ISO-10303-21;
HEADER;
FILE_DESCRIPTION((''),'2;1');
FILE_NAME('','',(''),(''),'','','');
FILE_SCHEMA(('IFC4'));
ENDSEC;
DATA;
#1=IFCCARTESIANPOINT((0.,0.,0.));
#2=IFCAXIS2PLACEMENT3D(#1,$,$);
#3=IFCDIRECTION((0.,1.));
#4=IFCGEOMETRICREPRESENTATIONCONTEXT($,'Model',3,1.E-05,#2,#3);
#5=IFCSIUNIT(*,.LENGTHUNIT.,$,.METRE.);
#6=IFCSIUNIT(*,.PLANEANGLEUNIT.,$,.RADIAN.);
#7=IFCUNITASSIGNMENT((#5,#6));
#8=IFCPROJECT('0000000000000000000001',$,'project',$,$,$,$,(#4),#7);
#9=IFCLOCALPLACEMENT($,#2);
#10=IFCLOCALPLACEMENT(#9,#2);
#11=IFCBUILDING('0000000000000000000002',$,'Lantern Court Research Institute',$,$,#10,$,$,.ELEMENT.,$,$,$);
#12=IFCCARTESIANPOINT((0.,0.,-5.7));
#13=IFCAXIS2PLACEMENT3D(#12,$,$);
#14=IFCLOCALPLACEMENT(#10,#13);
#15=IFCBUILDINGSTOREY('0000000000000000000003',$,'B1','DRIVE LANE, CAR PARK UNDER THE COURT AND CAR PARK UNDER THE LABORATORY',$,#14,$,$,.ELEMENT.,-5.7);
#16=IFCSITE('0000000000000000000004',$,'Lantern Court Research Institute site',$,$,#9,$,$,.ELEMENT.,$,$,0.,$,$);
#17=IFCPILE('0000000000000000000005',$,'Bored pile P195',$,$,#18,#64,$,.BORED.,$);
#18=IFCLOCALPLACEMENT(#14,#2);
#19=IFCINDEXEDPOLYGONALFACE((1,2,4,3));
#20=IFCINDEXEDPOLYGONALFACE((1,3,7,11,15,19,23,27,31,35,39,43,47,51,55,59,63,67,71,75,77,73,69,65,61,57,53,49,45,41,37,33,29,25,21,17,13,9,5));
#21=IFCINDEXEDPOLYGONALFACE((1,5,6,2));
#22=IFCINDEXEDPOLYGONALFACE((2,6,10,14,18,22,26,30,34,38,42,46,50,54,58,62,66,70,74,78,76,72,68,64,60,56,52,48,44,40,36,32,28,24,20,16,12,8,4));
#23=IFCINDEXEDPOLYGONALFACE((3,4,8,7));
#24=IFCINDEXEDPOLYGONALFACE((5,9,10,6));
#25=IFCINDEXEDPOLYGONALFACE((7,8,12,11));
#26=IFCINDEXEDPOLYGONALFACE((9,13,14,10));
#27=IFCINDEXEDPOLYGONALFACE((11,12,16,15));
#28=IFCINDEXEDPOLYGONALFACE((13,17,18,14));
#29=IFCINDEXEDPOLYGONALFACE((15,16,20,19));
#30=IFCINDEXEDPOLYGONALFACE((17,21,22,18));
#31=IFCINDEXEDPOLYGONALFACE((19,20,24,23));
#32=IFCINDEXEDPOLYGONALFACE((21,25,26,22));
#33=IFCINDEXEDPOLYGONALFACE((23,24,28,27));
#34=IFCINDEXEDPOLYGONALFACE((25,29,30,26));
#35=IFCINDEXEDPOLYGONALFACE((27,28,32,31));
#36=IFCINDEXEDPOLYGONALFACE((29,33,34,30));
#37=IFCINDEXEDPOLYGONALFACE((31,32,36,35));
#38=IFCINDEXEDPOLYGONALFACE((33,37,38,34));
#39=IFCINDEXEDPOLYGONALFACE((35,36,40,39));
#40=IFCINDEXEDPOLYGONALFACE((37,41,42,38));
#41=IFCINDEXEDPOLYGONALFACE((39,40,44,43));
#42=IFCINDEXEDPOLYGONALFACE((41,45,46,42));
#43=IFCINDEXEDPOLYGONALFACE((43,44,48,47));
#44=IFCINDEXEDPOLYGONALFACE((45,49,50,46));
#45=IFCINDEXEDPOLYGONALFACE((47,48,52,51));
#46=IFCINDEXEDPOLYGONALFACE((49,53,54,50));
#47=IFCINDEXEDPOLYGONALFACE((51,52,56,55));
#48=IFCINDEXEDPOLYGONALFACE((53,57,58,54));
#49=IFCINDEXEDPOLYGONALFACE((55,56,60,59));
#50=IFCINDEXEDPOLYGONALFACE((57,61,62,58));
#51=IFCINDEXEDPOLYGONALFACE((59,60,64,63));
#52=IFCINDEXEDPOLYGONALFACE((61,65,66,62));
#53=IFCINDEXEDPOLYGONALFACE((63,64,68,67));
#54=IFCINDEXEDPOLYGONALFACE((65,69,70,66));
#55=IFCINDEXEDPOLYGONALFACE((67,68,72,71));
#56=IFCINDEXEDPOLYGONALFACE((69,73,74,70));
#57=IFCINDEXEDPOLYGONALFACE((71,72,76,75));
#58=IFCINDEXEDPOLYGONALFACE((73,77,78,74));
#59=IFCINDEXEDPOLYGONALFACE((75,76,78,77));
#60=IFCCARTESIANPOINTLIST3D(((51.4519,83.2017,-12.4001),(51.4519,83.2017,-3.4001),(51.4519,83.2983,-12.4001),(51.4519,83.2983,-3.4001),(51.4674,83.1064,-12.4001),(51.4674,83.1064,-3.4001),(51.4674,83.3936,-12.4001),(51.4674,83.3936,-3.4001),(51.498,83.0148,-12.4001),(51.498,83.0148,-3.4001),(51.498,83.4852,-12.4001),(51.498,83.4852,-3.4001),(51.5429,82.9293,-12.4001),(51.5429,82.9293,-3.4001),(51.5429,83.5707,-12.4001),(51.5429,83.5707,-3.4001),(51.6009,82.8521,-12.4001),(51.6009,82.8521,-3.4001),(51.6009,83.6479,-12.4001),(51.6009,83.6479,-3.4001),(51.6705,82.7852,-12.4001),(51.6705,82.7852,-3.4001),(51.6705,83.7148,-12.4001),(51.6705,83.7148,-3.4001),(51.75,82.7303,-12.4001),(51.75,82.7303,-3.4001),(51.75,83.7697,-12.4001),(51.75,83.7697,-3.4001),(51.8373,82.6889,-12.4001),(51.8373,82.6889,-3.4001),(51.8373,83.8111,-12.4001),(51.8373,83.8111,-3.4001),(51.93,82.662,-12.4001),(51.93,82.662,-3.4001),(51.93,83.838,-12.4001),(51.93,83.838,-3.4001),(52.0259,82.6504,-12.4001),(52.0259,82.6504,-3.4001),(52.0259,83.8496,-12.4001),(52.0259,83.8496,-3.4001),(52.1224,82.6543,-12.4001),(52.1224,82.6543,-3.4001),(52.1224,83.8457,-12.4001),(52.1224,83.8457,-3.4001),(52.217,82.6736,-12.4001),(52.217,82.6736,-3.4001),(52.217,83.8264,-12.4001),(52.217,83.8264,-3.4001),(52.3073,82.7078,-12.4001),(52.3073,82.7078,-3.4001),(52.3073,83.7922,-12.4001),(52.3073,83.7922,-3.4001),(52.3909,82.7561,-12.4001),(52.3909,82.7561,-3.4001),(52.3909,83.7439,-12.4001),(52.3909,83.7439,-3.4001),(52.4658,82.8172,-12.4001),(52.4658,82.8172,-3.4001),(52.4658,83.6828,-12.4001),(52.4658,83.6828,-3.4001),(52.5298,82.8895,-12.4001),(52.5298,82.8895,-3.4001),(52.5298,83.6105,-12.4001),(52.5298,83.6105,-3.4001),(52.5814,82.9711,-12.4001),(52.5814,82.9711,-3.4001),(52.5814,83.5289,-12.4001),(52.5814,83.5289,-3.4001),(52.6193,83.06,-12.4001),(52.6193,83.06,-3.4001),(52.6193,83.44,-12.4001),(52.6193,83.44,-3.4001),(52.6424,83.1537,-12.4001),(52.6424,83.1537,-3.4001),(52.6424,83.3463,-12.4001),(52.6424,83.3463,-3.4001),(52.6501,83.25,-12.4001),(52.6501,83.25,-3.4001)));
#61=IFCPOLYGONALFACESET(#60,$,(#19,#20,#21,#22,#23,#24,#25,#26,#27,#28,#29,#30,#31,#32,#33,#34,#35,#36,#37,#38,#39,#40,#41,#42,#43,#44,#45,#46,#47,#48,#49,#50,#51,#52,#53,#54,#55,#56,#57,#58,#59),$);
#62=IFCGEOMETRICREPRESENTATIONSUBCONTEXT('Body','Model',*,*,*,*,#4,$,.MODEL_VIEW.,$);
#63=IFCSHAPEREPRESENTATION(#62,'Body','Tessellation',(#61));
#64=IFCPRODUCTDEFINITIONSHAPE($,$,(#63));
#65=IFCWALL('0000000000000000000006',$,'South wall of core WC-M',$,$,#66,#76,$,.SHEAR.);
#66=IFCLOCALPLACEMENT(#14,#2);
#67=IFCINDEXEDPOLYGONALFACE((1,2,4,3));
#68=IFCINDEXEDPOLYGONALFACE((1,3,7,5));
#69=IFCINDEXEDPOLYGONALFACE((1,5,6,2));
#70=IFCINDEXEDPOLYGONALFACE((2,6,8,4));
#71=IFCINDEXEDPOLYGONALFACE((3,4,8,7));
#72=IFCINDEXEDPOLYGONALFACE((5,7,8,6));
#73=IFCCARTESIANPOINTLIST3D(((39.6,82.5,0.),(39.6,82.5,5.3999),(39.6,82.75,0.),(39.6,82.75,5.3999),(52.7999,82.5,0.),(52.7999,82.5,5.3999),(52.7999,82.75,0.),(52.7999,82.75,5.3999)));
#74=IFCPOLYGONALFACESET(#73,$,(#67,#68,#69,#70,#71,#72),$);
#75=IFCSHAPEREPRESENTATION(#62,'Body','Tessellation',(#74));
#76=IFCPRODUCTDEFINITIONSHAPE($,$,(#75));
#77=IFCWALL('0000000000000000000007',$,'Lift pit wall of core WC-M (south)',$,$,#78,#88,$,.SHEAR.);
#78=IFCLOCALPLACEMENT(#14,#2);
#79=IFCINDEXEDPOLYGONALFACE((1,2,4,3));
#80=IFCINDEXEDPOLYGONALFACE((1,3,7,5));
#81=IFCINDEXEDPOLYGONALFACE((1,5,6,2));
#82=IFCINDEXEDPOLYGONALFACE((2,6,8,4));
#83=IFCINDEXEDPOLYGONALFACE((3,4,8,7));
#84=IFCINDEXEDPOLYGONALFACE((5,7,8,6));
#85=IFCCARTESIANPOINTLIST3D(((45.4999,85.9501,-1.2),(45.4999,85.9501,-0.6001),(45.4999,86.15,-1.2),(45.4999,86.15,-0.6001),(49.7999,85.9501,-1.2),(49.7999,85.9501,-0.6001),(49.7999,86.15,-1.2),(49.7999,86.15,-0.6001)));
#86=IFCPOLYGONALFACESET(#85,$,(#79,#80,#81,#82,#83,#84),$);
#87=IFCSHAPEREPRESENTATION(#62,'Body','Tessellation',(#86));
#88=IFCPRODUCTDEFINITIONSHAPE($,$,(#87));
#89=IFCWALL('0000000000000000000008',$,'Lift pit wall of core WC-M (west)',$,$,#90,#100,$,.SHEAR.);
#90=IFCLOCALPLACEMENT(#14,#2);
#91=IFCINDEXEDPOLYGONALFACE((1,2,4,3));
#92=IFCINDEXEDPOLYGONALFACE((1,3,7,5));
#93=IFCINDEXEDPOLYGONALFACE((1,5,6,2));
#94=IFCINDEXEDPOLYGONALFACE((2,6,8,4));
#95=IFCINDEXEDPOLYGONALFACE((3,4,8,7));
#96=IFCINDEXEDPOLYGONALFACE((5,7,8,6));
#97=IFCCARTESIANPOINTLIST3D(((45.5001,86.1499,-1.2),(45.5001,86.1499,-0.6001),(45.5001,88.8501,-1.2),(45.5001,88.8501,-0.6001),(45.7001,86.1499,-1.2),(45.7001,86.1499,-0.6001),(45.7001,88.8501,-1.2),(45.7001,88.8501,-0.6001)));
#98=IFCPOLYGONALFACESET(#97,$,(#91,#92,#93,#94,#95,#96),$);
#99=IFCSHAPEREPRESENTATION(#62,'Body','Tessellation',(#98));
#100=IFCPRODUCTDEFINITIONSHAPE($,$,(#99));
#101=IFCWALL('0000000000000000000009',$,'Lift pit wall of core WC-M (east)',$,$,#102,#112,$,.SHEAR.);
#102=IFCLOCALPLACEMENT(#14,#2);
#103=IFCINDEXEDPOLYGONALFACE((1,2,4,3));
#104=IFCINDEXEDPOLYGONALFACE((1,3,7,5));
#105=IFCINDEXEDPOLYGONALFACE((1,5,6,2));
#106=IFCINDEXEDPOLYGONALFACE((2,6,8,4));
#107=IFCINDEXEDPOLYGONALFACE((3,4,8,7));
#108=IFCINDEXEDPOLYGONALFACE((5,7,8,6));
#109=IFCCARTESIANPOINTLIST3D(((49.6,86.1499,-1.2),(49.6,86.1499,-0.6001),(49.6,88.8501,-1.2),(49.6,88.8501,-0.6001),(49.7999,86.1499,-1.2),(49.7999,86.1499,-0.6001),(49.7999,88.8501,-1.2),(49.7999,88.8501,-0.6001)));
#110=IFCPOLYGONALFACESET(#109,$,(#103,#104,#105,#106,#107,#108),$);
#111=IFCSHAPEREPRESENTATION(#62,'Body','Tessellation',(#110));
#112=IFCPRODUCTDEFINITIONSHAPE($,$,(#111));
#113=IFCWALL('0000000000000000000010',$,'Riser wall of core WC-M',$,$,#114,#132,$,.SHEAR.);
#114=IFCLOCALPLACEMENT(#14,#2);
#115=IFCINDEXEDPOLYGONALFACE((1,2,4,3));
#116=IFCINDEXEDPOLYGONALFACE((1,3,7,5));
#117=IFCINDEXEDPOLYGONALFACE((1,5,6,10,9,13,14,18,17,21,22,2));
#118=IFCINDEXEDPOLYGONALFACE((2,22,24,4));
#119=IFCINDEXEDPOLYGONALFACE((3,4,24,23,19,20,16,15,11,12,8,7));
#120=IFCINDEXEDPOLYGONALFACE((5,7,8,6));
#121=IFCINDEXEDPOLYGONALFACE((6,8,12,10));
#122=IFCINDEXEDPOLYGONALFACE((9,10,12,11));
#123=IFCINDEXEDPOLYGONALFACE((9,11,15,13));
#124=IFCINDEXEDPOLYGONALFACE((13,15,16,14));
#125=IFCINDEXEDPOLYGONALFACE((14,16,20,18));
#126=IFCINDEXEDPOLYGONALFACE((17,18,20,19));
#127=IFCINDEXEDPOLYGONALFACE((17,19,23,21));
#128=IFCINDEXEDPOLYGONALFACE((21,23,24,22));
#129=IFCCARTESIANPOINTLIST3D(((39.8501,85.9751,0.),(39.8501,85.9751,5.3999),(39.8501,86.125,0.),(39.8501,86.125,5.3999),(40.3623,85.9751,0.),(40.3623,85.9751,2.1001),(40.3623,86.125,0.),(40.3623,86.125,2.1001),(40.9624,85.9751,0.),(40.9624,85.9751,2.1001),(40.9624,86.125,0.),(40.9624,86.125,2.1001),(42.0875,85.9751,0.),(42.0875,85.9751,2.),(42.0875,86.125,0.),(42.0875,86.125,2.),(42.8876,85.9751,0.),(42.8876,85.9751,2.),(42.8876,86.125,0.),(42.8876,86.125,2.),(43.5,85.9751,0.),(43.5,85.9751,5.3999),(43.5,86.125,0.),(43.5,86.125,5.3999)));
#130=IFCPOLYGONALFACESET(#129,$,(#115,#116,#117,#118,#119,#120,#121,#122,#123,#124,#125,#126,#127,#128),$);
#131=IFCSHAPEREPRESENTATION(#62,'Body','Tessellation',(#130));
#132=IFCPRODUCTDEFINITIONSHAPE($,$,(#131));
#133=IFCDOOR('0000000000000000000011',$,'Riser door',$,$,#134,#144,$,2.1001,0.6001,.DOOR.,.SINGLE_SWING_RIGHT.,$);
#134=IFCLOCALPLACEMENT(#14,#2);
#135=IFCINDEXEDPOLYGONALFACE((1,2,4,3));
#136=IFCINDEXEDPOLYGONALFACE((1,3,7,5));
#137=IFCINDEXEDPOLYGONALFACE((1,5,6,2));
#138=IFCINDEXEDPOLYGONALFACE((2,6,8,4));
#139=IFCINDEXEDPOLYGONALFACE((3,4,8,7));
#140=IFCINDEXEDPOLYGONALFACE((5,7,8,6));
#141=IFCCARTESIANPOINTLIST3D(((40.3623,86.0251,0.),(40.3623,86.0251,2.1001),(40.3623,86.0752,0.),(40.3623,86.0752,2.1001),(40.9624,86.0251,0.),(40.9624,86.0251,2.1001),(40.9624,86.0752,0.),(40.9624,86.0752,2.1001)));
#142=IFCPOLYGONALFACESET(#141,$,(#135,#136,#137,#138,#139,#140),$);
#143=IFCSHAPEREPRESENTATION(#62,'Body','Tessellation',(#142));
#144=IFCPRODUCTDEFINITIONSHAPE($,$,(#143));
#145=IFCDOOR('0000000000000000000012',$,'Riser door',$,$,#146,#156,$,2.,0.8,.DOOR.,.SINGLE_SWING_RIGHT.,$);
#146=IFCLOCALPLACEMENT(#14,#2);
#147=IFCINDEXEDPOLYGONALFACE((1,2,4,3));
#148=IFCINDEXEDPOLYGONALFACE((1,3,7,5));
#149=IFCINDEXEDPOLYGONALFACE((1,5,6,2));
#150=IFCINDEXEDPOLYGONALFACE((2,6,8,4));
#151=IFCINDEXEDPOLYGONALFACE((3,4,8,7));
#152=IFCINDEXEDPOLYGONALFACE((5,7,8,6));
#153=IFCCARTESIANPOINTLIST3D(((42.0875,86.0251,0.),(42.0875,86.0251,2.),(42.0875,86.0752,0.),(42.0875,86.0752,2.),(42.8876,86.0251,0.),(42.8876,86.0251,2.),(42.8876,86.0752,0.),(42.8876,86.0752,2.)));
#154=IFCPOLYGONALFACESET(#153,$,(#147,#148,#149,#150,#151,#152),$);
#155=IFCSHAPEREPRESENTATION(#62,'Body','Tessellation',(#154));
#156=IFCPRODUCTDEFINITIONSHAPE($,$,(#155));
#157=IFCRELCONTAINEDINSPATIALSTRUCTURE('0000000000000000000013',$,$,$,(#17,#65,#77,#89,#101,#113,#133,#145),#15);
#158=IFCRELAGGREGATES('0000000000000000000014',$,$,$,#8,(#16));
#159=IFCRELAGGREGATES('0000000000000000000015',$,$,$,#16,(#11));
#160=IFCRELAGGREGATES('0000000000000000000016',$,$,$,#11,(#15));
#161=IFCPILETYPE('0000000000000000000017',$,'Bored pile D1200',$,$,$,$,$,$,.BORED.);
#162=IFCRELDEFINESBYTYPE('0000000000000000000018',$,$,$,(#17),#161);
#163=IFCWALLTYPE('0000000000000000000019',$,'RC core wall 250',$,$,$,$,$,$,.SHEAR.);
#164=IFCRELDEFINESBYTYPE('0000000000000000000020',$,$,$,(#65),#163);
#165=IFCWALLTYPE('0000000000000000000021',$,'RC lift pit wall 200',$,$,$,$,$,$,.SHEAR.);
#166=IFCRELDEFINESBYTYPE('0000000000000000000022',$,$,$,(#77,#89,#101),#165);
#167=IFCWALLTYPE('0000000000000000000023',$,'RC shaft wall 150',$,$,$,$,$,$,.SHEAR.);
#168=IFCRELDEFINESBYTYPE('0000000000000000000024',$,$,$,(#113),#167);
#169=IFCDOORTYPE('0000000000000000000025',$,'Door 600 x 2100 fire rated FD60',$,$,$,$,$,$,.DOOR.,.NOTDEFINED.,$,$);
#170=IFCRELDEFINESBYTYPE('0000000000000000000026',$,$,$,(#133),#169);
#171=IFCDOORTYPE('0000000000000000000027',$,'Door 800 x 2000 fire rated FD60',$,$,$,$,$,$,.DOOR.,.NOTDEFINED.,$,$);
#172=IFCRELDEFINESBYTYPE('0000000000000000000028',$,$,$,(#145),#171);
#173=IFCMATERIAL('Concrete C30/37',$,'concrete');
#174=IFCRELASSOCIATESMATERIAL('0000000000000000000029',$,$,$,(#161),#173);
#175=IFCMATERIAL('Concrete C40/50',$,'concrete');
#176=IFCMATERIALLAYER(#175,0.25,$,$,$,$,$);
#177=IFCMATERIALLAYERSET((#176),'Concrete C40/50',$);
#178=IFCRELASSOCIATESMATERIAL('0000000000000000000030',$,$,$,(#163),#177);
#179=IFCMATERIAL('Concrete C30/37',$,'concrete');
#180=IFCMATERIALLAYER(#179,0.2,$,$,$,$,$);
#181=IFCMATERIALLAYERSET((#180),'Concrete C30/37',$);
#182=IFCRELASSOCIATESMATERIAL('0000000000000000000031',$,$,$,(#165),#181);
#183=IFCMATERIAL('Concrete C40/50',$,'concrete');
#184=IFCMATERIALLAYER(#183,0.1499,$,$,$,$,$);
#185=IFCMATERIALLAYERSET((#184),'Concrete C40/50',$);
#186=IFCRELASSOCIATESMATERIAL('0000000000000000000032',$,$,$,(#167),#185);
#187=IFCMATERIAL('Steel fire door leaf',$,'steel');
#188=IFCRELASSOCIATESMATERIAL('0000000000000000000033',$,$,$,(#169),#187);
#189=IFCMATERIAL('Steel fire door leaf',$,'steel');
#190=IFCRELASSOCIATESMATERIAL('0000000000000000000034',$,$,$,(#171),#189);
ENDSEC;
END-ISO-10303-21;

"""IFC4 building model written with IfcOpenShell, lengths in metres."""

from ifc_helpers import new_model, si_unit, direction, frame, frame_2d, origin, origin_2d, place, context, subcontext, project, spatial, rectangle, circle, extrude, material, layer, layer_set, material_profile, profile_set, type_object, element, fill, save


model = new_model("IFC4")

# Units and contexts
model_context = context("Model", 3, precision=1e-05, world=origin(), true_north=direction((0.0, 1.0)))
body_context = subcontext(model_context, "Body", "Model", "MODEL_VIEW")
ifc_project = project(units=[si_unit("LENGTHUNIT", "METRE"), si_unit("PLANEANGLEUNIT", "RADIAN")], contexts=[model_context])

# Site, building, storey
site_placement = place(None, origin())
site = spatial("IfcSite", under=ifc_project, at=site_placement, Name="Lantern Court Research Institute site", CompositionType="ELEMENT", RefElevation=0.0)
building_placement = place(site_placement, origin())
building = spatial("IfcBuilding", under=site, at=building_placement, Name="Lantern Court Research Institute", CompositionType="ELEMENT")
storey_placement = place(building_placement, frame((0.0, 0.0, -5.7)))
storey = spatial("IfcBuildingStorey", under=building, at=storey_placement, Name="B1", Description="DRIVE LANE, CAR PARK UNDER THE COURT AND CAR PARK UNDER THE LABORATORY", CompositionType="ELEMENT", Elevation=-5.7)

# Pile
ifc_material_1 = material(Name="Concrete C30/37", Category="concrete")
ifc_material_profile = material_profile(ifc_material_1, circle(Radius=0.6001, at=origin_2d()), Name="Bored pile D1200")
ifc_profile_set = profile_set([ifc_material_profile], Name="Concrete C30/37")
pile_type = type_object("IfcPileType", Name="Bored pile D1200", PredefinedType="BORED", material=ifc_profile_set)
for number, where, z_axis, x_axis, name in (
    (1, (52.05, 83.25, -3.4001), (0.0, 0.0, -1.0), (1.0, 0.0, 0.0), "Bored pile P195"),
):
    element("IfcPile", number, at=place(storey_placement, frame(where, z_axis=z_axis, x_axis=x_axis)), inside=storey, type_object=pile_type, Name=name, PredefinedType="BORED", context=body_context, shape_type="SweptSolid", body=[
        extrude(circle(Radius=0.6001, at=origin_2d()), origin(), (0.0, 0.0, 1.0), 9.0),
    ])

# Walls
ifc_material_2 = material(Name="Concrete C40/50", Category="concrete")
ifc_layer_1 = layer(ifc_material_2, 0.25)
ifc_layer_set_1 = layer_set([ifc_layer_1], Name="Concrete C40/50")
wall_type_1 = type_object("IfcWallType", Name="RC core wall 250", PredefinedType="SHEAR", material=ifc_layer_set_1)
wall_1_placement = place(storey_placement, frame((52.8, 82.625, 0.0), z_axis=(0.0, 0.0, 1.0), x_axis=(-1.0, 0.0, 0.0)))
element("IfcWall", 2, at=wall_1_placement, inside=storey, type_object=wall_type_1, Name="South wall of core WC-M", PredefinedType="SHEAR", context=body_context, shape_type="SweptSolid", body=[
    extrude(rectangle(XDim=13.2, YDim=0.25, at=frame_2d((6.6001, 0.0))), origin(), (0.0, 0.0, 1.0), 5.3999),
])
ifc_material_3 = material(Name="Concrete C30/37", Category="concrete")
ifc_layer_2 = layer(ifc_material_3, 0.2)
ifc_layer_set_2 = layer_set([ifc_layer_2], Name="Concrete C30/37")
wall_type_2 = type_object("IfcWallType", Name="RC lift pit wall 200", PredefinedType="SHEAR", material=ifc_layer_set_2)
wall_2_placement = place(storey_placement, frame((45.5, 86.05, -1.2), z_axis=(0.0, 0.0, 1.0), x_axis=(1.0, 0.0, 0.0)))
element("IfcWall", 3, at=wall_2_placement, inside=storey, type_object=wall_type_2, Name="Lift pit wall of core WC-M (south)", PredefinedType="SHEAR", context=body_context, shape_type="SweptSolid", body=[
    extrude(rectangle(XDim=4.3, YDim=0.2, at=frame_2d((2.1499, 0.0))), origin(), (0.0, 0.0, 1.0), 0.5999),
])
for number, where, z_axis, x_axis, name in (
    (4, (45.6001, 86.1499, -1.2), (0.0, 0.0, 1.0), (0.0, 1.0, 0.0), "Lift pit wall of core WC-M (west)"),
    (5, (49.7, 86.1499, -1.2), (0.0, 0.0, 1.0), (0.0, 1.0, 0.0), "Lift pit wall of core WC-M (east)"),
):
    element("IfcWall", number, at=place(storey_placement, frame(where, z_axis=z_axis, x_axis=x_axis)), inside=storey, type_object=wall_type_2, Name=name, PredefinedType="SHEAR", context=body_context, shape_type="SweptSolid", body=[
        extrude(rectangle(XDim=2.7002, YDim=0.2, at=frame_2d((1.3501, 0.0))), origin(), (0.0, 0.0, 1.0), 0.5999),
    ])

# Wall, openings, doors
ifc_material_4 = material(Name="Concrete C40/50", Category="concrete")
ifc_layer_3 = layer(ifc_material_4, 0.1499)
ifc_layer_set_3 = layer_set([ifc_layer_3], Name="Concrete C40/50")
wall_type_3 = type_object("IfcWallType", Name="RC shaft wall 150", PredefinedType="SHEAR", material=ifc_layer_set_3)
wall_3_placement = place(storey_placement, frame((43.5, 86.05, 0.0), z_axis=(0.0, 0.0, 1.0), x_axis=(-1.0, 0.0, 0.0)))
wall_3 = element("IfcWall", 6, at=wall_3_placement, inside=storey, type_object=wall_type_3, Name="Riser wall of core WC-M", PredefinedType="SHEAR", context=body_context, shape_type="SweptSolid", body=[
    extrude(rectangle(XDim=3.6499, YDim=0.1499, at=frame_2d((1.825, 0.0))), origin(), (0.0, 0.0, 1.0), 5.3999),
])
opening_1_placement = place(wall_3_placement, frame((0.6125, 0.0, 0.0)))
opening_1 = element("IfcOpeningElement", 7, at=opening_1_placement, cuts=wall_3, PredefinedType="OPENING", context=body_context, shape_type="SweptSolid", body=[
    extrude(rectangle(XDim=0.8, YDim=2.0, at=frame_2d((0.3999, 1.0))), frame((0.0, 0.085, 0.0), z_axis=(0.0, -1.0, 0.0), x_axis=(1.0, 0.0, 0.0)), (0.0, 0.0, 1.0), 0.1699),
])
opening_2_placement = place(wall_3_placement, frame((2.5376, 0.0, 0.0)))
opening_2 = element("IfcOpeningElement", 8, at=opening_2_placement, cuts=wall_3, PredefinedType="OPENING", context=body_context, shape_type="SweptSolid", body=[
    extrude(rectangle(XDim=0.6001, YDim=2.1001, at=frame_2d((0.3, 1.05))), frame((0.0, 0.085, 0.0), z_axis=(0.0, -1.0, 0.0), x_axis=(1.0, 0.0, 0.0)), (0.0, 0.0, 1.0), 0.1699),
])
ifc_material_5 = material(Name="Steel fire door leaf", Category="steel")
door_type_1 = type_object("IfcDoorType", Name="Door 600 x 2100 fire rated FD60", OperationType="NOTDEFINED", PredefinedType="DOOR", material=ifc_material_5)
door_1_placement = place(opening_2_placement, origin())
door_1 = element("IfcDoor", 9, at=door_1_placement, inside=storey, type_object=door_type_1, Name="Riser door", OperationType="SINGLE_SWING_RIGHT", OverallHeight=2.1001, OverallWidth=0.6001, PredefinedType="DOOR", context=body_context, shape_type="SweptSolid", body=[
    extrude(rectangle(XDim=0.6001, YDim=2.1001, at=frame_2d((0.3, 1.05))), frame((0.0, 0.0249, 0.0), z_axis=(0.0, -1.0, 0.0), x_axis=(1.0, 0.0, 0.0)), (0.0, 0.0, 1.0), 0.05),
])
fill(opening_2, door_1)
ifc_material_6 = material(Name="Steel fire door leaf", Category="steel")
door_type_2 = type_object("IfcDoorType", Name="Door 800 x 2000 fire rated FD60", OperationType="NOTDEFINED", PredefinedType="DOOR", material=ifc_material_6)
door_2_placement = place(opening_1_placement, origin())
door_2 = element("IfcDoor", 10, at=door_2_placement, inside=storey, type_object=door_type_2, Name="Riser door", OperationType="SINGLE_SWING_RIGHT", OverallHeight=2.0, OverallWidth=0.8, PredefinedType="DOOR", context=body_context, shape_type="SweptSolid", body=[
    extrude(rectangle(XDim=0.8, YDim=2.0, at=frame_2d((0.3999, 1.0))), frame((0.0, 0.0249, 0.0), z_axis=(0.0, -1.0, 0.0), x_axis=(1.0, 0.0, 0.0)), (0.0, 0.0, 1.0), 0.05),
])
fill(opening_1, door_2)

save(model, "model.ifc")
